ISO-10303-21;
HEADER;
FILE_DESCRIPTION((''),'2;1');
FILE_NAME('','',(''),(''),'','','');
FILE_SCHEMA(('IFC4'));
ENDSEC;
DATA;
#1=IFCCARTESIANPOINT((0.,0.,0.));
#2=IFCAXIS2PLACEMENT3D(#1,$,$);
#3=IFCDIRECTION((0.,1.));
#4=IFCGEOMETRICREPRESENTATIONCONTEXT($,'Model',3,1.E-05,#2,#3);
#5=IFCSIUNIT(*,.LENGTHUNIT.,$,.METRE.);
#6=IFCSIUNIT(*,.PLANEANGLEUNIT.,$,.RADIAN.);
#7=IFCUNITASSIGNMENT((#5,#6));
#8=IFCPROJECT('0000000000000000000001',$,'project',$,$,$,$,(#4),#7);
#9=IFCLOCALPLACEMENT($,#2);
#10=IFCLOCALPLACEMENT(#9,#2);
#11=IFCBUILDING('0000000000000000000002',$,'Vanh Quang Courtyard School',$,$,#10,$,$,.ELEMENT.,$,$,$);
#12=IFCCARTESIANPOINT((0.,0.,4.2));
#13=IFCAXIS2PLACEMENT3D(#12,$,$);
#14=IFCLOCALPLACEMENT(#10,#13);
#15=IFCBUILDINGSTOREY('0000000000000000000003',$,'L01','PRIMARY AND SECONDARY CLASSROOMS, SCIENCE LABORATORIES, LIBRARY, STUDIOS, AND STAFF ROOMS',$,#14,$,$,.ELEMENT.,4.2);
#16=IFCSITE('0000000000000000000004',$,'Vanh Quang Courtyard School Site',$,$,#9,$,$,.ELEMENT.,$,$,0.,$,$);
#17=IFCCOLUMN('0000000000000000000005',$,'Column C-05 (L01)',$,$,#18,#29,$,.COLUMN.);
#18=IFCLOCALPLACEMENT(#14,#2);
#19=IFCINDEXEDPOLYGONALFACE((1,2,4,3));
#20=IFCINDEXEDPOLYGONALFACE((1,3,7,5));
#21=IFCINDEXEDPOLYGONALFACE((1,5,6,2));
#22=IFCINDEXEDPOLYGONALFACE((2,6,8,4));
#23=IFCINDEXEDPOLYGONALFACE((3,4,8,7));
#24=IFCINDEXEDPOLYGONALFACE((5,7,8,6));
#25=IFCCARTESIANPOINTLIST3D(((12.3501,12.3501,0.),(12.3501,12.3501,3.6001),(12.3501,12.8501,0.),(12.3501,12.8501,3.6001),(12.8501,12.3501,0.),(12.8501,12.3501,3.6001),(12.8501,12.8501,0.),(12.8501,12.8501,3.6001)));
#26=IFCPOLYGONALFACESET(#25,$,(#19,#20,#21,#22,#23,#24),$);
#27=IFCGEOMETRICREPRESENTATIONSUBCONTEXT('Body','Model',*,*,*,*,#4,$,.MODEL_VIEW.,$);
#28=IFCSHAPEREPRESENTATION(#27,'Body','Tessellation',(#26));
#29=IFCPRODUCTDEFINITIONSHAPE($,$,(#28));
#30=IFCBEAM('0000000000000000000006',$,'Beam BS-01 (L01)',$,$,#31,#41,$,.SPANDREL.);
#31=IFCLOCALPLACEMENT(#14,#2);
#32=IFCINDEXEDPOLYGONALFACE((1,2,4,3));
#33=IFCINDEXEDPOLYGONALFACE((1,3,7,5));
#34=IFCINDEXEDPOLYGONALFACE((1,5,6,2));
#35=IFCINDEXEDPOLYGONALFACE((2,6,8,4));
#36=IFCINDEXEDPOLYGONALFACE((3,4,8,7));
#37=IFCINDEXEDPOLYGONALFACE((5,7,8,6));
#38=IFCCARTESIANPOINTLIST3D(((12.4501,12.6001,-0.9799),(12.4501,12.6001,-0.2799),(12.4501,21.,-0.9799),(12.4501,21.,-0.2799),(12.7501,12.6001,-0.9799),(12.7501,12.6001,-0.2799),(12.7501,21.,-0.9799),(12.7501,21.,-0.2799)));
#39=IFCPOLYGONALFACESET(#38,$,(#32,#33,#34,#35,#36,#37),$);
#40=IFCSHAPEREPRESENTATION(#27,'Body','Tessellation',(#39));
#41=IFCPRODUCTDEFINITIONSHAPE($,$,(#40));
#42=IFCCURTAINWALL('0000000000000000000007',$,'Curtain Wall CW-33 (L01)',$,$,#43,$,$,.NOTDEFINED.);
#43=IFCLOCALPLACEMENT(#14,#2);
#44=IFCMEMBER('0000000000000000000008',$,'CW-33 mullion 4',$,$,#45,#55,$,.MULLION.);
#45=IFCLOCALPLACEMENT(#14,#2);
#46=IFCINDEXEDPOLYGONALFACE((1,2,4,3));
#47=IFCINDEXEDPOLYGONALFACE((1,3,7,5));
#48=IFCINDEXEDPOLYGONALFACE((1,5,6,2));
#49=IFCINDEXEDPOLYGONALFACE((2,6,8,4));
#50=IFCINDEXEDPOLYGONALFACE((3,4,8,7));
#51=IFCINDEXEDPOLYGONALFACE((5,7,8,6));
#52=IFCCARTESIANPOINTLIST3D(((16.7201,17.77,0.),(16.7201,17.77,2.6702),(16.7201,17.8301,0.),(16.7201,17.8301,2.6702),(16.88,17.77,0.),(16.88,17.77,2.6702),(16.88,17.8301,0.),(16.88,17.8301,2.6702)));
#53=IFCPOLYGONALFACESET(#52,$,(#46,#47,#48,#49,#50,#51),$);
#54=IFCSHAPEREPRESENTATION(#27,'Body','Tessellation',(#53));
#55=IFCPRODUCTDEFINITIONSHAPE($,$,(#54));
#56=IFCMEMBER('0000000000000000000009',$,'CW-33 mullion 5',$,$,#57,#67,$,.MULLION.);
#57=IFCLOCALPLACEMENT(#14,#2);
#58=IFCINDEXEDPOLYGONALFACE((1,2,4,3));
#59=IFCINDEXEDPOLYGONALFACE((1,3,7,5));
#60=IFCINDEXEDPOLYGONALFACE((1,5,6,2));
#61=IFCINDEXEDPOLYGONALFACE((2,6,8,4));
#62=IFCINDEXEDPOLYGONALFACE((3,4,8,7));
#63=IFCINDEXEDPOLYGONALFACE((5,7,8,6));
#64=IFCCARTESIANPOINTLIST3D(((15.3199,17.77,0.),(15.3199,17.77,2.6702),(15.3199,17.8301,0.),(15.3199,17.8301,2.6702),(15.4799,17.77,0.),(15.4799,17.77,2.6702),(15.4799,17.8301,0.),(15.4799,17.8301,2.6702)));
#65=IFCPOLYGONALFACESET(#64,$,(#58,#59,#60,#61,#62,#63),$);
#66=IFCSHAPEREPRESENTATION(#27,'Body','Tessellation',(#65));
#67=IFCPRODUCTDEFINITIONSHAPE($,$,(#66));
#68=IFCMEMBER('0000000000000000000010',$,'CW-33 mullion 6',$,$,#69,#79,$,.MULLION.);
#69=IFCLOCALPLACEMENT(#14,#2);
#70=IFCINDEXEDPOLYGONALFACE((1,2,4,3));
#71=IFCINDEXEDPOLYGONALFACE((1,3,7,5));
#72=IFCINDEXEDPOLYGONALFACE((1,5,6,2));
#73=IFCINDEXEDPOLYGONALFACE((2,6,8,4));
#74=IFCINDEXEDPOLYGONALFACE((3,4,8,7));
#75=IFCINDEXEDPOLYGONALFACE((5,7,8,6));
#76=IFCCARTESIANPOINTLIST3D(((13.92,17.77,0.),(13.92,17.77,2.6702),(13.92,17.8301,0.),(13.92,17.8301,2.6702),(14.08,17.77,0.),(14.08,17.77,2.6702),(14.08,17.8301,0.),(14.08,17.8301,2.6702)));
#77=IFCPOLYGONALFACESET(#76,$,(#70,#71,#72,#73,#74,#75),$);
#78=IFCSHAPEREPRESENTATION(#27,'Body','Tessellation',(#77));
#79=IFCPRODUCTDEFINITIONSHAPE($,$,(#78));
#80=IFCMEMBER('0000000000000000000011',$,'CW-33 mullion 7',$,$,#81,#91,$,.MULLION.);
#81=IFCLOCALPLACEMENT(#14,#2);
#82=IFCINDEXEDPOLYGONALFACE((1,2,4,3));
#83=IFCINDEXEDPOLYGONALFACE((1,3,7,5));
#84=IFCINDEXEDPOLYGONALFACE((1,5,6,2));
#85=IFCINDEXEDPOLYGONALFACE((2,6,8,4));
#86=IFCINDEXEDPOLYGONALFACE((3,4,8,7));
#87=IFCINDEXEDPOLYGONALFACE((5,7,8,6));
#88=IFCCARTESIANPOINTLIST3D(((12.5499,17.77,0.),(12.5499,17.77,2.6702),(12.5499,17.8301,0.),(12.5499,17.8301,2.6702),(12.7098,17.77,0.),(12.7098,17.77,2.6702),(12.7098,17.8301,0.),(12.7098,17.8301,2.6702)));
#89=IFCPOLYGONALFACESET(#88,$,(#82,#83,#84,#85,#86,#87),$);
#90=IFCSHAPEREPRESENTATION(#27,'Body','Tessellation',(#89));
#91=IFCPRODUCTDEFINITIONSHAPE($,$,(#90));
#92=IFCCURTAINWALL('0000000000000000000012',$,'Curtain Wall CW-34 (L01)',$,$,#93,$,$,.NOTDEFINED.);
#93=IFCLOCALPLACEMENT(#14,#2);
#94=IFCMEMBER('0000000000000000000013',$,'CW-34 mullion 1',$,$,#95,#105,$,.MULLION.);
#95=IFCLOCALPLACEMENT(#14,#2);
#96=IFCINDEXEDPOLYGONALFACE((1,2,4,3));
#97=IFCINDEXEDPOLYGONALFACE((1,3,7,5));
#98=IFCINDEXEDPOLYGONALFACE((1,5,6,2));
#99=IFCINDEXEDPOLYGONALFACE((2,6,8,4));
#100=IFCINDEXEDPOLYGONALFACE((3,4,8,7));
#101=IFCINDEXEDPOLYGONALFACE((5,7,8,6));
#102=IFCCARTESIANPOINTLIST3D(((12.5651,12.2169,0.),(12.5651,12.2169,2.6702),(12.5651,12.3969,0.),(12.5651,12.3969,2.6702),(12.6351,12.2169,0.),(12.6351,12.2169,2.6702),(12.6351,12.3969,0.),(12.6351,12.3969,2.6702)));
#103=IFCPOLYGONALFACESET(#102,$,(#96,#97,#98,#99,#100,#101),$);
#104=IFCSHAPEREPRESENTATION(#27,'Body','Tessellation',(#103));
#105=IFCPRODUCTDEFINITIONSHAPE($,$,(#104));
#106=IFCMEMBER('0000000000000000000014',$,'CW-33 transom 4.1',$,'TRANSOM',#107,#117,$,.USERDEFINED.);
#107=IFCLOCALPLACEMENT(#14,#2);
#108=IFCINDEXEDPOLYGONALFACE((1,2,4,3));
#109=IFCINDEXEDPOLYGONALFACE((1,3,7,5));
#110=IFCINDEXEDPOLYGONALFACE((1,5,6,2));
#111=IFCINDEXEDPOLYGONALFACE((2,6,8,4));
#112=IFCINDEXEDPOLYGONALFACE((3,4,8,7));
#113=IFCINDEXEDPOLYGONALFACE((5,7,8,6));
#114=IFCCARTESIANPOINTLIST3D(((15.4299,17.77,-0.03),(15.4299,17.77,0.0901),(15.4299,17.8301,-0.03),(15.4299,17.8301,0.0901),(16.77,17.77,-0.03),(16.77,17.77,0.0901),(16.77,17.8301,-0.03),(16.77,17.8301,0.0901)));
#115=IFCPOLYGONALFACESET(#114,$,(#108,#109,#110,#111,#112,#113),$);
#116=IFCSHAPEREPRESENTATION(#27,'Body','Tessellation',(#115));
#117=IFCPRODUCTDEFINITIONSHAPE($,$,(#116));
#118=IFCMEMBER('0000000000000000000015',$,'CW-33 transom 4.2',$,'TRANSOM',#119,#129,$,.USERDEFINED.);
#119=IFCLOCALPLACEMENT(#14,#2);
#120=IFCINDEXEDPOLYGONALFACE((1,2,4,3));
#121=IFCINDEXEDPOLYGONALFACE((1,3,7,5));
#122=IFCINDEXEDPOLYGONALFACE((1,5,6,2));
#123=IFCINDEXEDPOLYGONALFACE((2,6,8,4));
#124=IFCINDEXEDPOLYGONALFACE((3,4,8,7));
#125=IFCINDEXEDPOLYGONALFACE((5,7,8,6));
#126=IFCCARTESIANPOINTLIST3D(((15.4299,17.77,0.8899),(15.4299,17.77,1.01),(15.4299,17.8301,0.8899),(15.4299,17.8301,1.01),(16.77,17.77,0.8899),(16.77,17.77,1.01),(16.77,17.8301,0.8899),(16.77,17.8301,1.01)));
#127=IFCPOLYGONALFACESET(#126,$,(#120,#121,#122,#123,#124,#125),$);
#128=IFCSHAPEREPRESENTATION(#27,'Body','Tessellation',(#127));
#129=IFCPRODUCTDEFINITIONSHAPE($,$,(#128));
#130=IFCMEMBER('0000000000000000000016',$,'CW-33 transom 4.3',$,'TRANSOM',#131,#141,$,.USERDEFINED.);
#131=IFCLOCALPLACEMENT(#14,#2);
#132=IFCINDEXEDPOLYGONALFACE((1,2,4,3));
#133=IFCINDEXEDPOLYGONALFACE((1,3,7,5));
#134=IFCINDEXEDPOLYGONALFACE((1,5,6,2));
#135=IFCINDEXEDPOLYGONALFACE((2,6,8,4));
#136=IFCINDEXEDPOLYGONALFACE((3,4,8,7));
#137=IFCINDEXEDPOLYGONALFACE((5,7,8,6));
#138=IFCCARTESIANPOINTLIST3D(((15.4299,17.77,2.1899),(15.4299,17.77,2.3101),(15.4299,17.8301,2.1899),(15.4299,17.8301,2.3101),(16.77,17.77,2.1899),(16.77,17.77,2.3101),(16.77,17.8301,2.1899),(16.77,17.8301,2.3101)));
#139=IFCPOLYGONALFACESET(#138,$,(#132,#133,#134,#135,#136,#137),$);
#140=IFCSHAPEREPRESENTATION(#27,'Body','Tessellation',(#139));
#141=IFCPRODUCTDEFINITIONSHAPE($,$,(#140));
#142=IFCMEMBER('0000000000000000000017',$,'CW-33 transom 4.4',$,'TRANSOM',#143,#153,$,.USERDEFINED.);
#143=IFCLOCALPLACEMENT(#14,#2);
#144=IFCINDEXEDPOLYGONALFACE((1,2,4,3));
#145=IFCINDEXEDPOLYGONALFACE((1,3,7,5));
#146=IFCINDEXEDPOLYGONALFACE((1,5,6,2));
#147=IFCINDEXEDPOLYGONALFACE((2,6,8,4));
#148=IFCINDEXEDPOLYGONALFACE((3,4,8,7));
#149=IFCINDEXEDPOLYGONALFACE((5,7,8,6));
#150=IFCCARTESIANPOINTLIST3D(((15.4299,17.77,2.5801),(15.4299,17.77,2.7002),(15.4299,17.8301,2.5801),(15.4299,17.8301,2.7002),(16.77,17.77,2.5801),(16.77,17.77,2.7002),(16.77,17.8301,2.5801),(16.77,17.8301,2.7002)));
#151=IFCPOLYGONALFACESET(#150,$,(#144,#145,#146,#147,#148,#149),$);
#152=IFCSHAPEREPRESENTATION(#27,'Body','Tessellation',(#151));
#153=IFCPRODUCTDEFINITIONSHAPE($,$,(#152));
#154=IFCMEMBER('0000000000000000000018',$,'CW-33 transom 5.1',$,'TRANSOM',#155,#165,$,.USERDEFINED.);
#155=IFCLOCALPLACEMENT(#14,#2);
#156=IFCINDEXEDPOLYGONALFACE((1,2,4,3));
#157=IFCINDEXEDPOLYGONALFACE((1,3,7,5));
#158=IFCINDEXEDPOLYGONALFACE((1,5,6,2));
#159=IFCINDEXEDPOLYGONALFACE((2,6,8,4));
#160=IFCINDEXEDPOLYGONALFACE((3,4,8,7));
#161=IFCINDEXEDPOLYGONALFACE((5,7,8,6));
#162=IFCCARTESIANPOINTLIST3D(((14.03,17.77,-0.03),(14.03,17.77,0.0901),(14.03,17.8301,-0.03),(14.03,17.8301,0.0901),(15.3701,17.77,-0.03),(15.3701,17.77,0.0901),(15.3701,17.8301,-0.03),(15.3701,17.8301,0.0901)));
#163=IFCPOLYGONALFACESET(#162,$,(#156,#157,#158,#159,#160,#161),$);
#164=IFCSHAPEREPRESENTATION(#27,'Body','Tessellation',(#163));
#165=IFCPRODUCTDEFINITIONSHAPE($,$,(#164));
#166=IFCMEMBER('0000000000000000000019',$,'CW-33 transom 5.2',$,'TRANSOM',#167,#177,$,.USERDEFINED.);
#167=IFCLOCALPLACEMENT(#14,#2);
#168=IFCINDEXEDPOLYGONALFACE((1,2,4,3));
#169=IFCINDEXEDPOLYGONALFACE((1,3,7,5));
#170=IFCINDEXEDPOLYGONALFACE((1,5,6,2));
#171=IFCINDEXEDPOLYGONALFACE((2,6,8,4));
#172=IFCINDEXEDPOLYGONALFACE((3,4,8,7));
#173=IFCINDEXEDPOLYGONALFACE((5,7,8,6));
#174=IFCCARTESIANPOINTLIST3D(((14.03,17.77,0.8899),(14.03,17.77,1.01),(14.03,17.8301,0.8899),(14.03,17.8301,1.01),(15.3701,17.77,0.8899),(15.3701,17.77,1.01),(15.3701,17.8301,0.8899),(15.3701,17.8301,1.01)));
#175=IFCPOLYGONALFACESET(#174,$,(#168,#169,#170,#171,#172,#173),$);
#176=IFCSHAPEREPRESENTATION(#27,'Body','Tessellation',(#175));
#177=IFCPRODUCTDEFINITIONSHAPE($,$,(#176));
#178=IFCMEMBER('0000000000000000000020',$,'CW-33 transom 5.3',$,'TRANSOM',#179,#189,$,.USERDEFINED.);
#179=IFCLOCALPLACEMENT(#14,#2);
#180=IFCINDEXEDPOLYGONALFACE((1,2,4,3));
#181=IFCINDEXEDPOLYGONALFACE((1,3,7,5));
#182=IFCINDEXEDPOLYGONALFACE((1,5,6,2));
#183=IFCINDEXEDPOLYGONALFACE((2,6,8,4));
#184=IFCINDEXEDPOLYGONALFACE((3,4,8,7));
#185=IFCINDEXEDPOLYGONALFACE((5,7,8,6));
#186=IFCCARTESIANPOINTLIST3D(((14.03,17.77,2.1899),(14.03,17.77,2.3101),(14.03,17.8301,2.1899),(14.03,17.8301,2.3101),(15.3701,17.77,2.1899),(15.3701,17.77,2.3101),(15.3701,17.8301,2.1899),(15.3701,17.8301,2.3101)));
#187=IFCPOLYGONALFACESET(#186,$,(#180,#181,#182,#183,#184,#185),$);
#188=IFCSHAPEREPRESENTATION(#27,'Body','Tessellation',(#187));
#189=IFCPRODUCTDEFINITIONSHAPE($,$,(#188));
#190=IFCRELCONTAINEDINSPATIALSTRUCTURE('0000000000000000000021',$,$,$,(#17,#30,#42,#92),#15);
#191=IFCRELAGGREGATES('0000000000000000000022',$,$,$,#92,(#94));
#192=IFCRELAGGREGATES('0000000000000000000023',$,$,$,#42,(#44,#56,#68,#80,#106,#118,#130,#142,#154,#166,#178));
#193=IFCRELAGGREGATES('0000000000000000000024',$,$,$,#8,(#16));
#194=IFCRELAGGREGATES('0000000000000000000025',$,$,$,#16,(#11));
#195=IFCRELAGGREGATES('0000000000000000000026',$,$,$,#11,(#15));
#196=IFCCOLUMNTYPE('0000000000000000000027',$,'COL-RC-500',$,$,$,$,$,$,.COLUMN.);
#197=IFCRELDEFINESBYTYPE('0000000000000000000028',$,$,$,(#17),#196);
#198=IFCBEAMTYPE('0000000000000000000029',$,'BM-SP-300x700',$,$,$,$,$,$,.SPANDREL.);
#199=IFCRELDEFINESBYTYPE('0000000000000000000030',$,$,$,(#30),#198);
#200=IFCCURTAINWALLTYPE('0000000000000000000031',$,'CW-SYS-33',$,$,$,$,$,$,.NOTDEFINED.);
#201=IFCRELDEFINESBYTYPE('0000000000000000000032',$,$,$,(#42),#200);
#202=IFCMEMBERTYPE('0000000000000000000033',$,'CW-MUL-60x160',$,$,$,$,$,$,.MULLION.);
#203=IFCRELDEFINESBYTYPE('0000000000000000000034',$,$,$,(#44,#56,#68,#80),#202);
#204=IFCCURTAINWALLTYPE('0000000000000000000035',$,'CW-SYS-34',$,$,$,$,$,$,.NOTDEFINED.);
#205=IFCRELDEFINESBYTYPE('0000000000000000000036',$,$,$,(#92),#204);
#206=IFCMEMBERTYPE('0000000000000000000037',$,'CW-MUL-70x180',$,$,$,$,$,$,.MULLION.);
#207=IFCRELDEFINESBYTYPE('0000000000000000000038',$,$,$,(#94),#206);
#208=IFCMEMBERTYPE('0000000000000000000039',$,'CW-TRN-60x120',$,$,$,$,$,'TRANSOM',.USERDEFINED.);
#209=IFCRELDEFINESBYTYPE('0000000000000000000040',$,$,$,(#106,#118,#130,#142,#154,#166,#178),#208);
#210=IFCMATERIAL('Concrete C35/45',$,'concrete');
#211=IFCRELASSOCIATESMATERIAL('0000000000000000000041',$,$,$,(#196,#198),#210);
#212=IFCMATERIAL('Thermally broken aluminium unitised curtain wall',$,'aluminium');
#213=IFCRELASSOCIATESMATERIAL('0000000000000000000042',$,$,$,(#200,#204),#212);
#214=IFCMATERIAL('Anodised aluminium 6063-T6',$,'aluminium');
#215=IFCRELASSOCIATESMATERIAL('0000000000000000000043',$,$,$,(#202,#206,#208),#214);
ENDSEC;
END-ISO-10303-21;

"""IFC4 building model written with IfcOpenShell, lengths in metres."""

from ifc_helpers import new_model, si_unit, direction, frame, origin, origin_2d, place, context, subcontext, project, spatial, rectangle, extrude, material, material_profile, profile_set, type_object, element, aggregate, save


model = new_model("IFC4")

# Units and contexts
model_context = context("Model", 3, precision=1e-05, world=origin(), true_north=direction((0.0, 1.0)))
body_context = subcontext(model_context, "Body", "Model", "MODEL_VIEW")
ifc_project = project(units=[si_unit("LENGTHUNIT", "METRE"), si_unit("PLANEANGLEUNIT", "RADIAN")], contexts=[model_context])

# Site, building, storey
site_placement = place(None, origin())
site = spatial("IfcSite", under=ifc_project, at=site_placement, Name="Vanh Quang Courtyard School Site", CompositionType="ELEMENT", RefElevation=0.0)
building_placement = place(site_placement, origin())
building = spatial("IfcBuilding", under=site, at=building_placement, Name="Vanh Quang Courtyard School", CompositionType="ELEMENT")
storey_placement = place(building_placement, frame((0.0, 0.0, 4.2)))
storey = spatial("IfcBuildingStorey", under=building, at=storey_placement, Name="L01", Description="PRIMARY AND SECONDARY CLASSROOMS, SCIENCE LABORATORIES, LIBRARY, STUDIOS, AND STAFF ROOMS", CompositionType="ELEMENT", Elevation=4.2)

# Column
ifc_material_1 = material(Name="Concrete C35/45", Category="concrete")
ifc_material_profile_1 = material_profile(ifc_material_1, rectangle(XDim=0.5, YDim=0.5, at=origin_2d()), Name="RC-COL 500x500")
ifc_profile_set_1 = profile_set([ifc_material_profile_1], Name="Concrete C35/45")
column_type = type_object("IfcColumnType", Name="COL-RC-500", PredefinedType="COLUMN", material=ifc_profile_set_1)
column_placement = place(storey_placement, frame((12.6001, 12.6001, 0.0), z_axis=(0.0, 0.0, 1.0), x_axis=(1.0, 0.0, 0.0)))
element("IfcColumn", 1, at=column_placement, inside=storey, type_object=column_type, Name="Column C-05 (L01)", PredefinedType="COLUMN", context=body_context, shape_type="SweptSolid", body=[
    extrude(rectangle(XDim=0.5, YDim=0.5, at=origin_2d()), origin(), (0.0, 0.0, 1.0), 3.6001),
])

# Beam
ifc_material_profile_2 = material_profile(ifc_material_1, rectangle(XDim=0.3, YDim=0.7, at=origin_2d()), Name="RC-SP 300x700")
ifc_profile_set_2 = profile_set([ifc_material_profile_2], Name="Concrete C35/45")
beam_type = type_object("IfcBeamType", Name="BM-SP-300x700", PredefinedType="SPANDREL", material=ifc_profile_set_2)
beam_placement = place(storey_placement, frame((12.6001, 12.6001, -0.6299), z_axis=(0.0, 1.0, 0.0), x_axis=(-1.0, 0.0, 0.0)))
element("IfcBeam", 2, at=beam_placement, inside=storey, type_object=beam_type, Name="Beam BS-01 (L01)", PredefinedType="SPANDREL", context=body_context, shape_type="SweptSolid", body=[
    extrude(rectangle(XDim=0.3, YDim=0.7, at=origin_2d()), origin(), (0.0, 0.0, 1.0), 8.3999),
])

# Curtain wall, members
ifc_material_2 = material(Name="Thermally broken aluminium unitised curtain wall", Category="aluminium")
curtain_wall_type_1 = type_object("IfcCurtainWallType", Name="CW-SYS-33", PredefinedType="NOTDEFINED", material=ifc_material_2)
curtain_wall_1_placement = place(storey_placement, origin())
curtain_wall_1 = element("IfcCurtainWall", 3, at=curtain_wall_1_placement, inside=storey, type_object=curtain_wall_type_1, Name="Curtain Wall CW-33 (L01)", PredefinedType="NOTDEFINED")
ifc_material_3 = material(Name="Anodised aluminium 6063-T6", Category="aluminium")
ifc_material_profile_3 = material_profile(ifc_material_3, rectangle(XDim=0.0601, YDim=0.1599, at=origin_2d()), Name="ALU-MUL 60x160")
ifc_profile_set_3 = profile_set([ifc_material_profile_3], Name="Anodised aluminium 6063-T6")
member_type_1 = type_object("IfcMemberType", Name="CW-MUL-60x160", PredefinedType="MULLION", material=ifc_profile_set_3)
member_1_placement = place(storey_placement, frame((16.8, 17.8, 0.0), z_axis=(0.0, 0.0, 1.0), x_axis=(0.0, -1.0, 0.0)))
member_1 = element("IfcMember", 4, at=member_1_placement, type_object=member_type_1, Name="CW-33 mullion 4", PredefinedType="MULLION", context=body_context, shape_type="SweptSolid", body=[
    extrude(rectangle(XDim=0.0601, YDim=0.1599, at=origin_2d()), origin(), (0.0, 0.0, 1.0), 2.6702),
])
member_2_placement = place(storey_placement, frame((15.3999, 17.8, 0.0), z_axis=(0.0, 0.0, 1.0), x_axis=(0.0, -1.0, 0.0)))
member_2 = element("IfcMember", 5, at=member_2_placement, type_object=member_type_1, Name="CW-33 mullion 5", PredefinedType="MULLION", context=body_context, shape_type="SweptSolid", body=[
    extrude(rectangle(XDim=0.0601, YDim=0.1599, at=origin_2d()), origin(), (0.0, 0.0, 1.0), 2.6702),
])
member_3_placement = place(storey_placement, frame((14.0, 17.8, 0.0), z_axis=(0.0, 0.0, 1.0), x_axis=(0.0, -1.0, 0.0)))
member_3 = element("IfcMember", 6, at=member_3_placement, type_object=member_type_1, Name="CW-33 mullion 6", PredefinedType="MULLION", context=body_context, shape_type="SweptSolid", body=[
    extrude(rectangle(XDim=0.0601, YDim=0.1599, at=origin_2d()), origin(), (0.0, 0.0, 1.0), 2.6702),
])
member_4_placement = place(storey_placement, frame((12.6299, 17.8, 0.0), z_axis=(0.0, 0.0, 1.0), x_axis=(0.0, -1.0, 0.0)))
member_4 = element("IfcMember", 7, at=member_4_placement, type_object=member_type_1, Name="CW-33 mullion 7", PredefinedType="MULLION", context=body_context, shape_type="SweptSolid", body=[
    extrude(rectangle(XDim=0.0601, YDim=0.1599, at=origin_2d()), origin(), (0.0, 0.0, 1.0), 2.6702),
])

# Curtain wall, member
curtain_wall_type_2 = type_object("IfcCurtainWallType", Name="CW-SYS-34", PredefinedType="NOTDEFINED", material=ifc_material_2)
curtain_wall_2_placement = place(storey_placement, origin())
curtain_wall_2 = element("IfcCurtainWall", 8, at=curtain_wall_2_placement, inside=storey, type_object=curtain_wall_type_2, Name="Curtain Wall CW-34 (L01)", PredefinedType="NOTDEFINED")
ifc_material_profile_4 = material_profile(ifc_material_3, rectangle(XDim=0.0701, YDim=0.1799, at=origin_2d()), Name="ALU-MUL 70x180")
ifc_profile_set_4 = profile_set([ifc_material_profile_4], Name="Anodised aluminium 6063-T6")
member_type_2 = type_object("IfcMemberType", Name="CW-MUL-70x180", PredefinedType="MULLION", material=ifc_profile_set_4)
member_5_placement = place(storey_placement, frame((12.6001, 12.3069, 0.0), z_axis=(0.0, 0.0, 1.0), x_axis=(1.0, 0.0, 0.0)))
member_5 = element("IfcMember", 9, at=member_5_placement, type_object=member_type_2, Name="CW-34 mullion 1", PredefinedType="MULLION", context=body_context, shape_type="SweptSolid", body=[
    extrude(rectangle(XDim=0.0701, YDim=0.1799, at=origin_2d()), origin(), (0.0, 0.0, 1.0), 2.6702),
])

# Members
ifc_material_profile_5 = material_profile(ifc_material_3, rectangle(XDim=0.0601, YDim=0.1201, at=origin_2d()), Name="ALU-TRN 60x120")
ifc_profile_set_5 = profile_set([ifc_material_profile_5], Name="Anodised aluminium 6063-T6")
member_type_3 = type_object("IfcMemberType", Name="CW-TRN-60x120", ElementType="TRANSOM", PredefinedType="USERDEFINED", material=ifc_profile_set_5)
member_6_placement = place(storey_placement, frame((16.77, 17.8, 0.03), z_axis=(-1.0, 0.0, 0.0), x_axis=(0.0, -1.0, 0.0)))
member_6 = element("IfcMember", 10, at=member_6_placement, type_object=member_type_3, Name="CW-33 transom 4.1", ObjectType="TRANSOM", PredefinedType="USERDEFINED", context=body_context, shape_type="SweptSolid", body=[
    extrude(rectangle(XDim=0.0601, YDim=0.1201, at=origin_2d()), origin(), (0.0, 0.0, 1.0), 1.3401),
])
member_7_placement = place(storey_placement, frame((16.77, 17.8, 0.95), z_axis=(-1.0, 0.0, 0.0), x_axis=(0.0, -1.0, 0.0)))
member_7 = element("IfcMember", 11, at=member_7_placement, type_object=member_type_3, Name="CW-33 transom 4.2", ObjectType="TRANSOM", PredefinedType="USERDEFINED", context=body_context, shape_type="SweptSolid", body=[
    extrude(rectangle(XDim=0.0601, YDim=0.1201, at=origin_2d()), origin(), (0.0, 0.0, 1.0), 1.3401),
])
member_8_placement = place(storey_placement, frame((16.77, 17.8, 2.25), z_axis=(-1.0, 0.0, 0.0), x_axis=(0.0, -1.0, 0.0)))
member_8 = element("IfcMember", 12, at=member_8_placement, type_object=member_type_3, Name="CW-33 transom 4.3", ObjectType="TRANSOM", PredefinedType="USERDEFINED", context=body_context, shape_type="SweptSolid", body=[
    extrude(rectangle(XDim=0.0601, YDim=0.1201, at=origin_2d()), origin(), (0.0, 0.0, 1.0), 1.3401),
])
member_9_placement = place(storey_placement, frame((16.77, 17.8, 2.6401), z_axis=(-1.0, 0.0, 0.0), x_axis=(0.0, -1.0, 0.0)))
member_9 = element("IfcMember", 13, at=member_9_placement, type_object=member_type_3, Name="CW-33 transom 4.4", ObjectType="TRANSOM", PredefinedType="USERDEFINED", context=body_context, shape_type="SweptSolid", body=[
    extrude(rectangle(XDim=0.0601, YDim=0.1201, at=origin_2d()), origin(), (0.0, 0.0, 1.0), 1.3401),
])
member_10_placement = place(storey_placement, frame((15.3701, 17.8, 0.03), z_axis=(-1.0, 0.0, 0.0), x_axis=(0.0, -1.0, 0.0)))
member_10 = element("IfcMember", 14, at=member_10_placement, type_object=member_type_3, Name="CW-33 transom 5.1", ObjectType="TRANSOM", PredefinedType="USERDEFINED", context=body_context, shape_type="SweptSolid", body=[
    extrude(rectangle(XDim=0.0601, YDim=0.1201, at=origin_2d()), origin(), (0.0, 0.0, 1.0), 1.3401),
])
member_11_placement = place(storey_placement, frame((15.3701, 17.8, 0.95), z_axis=(-1.0, 0.0, 0.0), x_axis=(0.0, -1.0, 0.0)))
member_11 = element("IfcMember", 15, at=member_11_placement, type_object=member_type_3, Name="CW-33 transom 5.2", ObjectType="TRANSOM", PredefinedType="USERDEFINED", context=body_context, shape_type="SweptSolid", body=[
    extrude(rectangle(XDim=0.0601, YDim=0.1201, at=origin_2d()), origin(), (0.0, 0.0, 1.0), 1.3401),
])
member_12_placement = place(storey_placement, frame((15.3701, 17.8, 2.25), z_axis=(-1.0, 0.0, 0.0), x_axis=(0.0, -1.0, 0.0)))
member_12 = element("IfcMember", 16, at=member_12_placement, type_object=member_type_3, Name="CW-33 transom 5.3", ObjectType="TRANSOM", PredefinedType="USERDEFINED", context=body_context, shape_type="SweptSolid", body=[
    extrude(rectangle(XDim=0.0601, YDim=0.1201, at=origin_2d()), origin(), (0.0, 0.0, 1.0), 1.3401),
])
aggregate(curtain_wall_2, [member_5])

aggregate(curtain_wall_1, [member_1, member_2, member_3, member_4, member_6, member_7, member_8, member_9, member_10, member_11, member_12])

save(model, "model.ifc")
